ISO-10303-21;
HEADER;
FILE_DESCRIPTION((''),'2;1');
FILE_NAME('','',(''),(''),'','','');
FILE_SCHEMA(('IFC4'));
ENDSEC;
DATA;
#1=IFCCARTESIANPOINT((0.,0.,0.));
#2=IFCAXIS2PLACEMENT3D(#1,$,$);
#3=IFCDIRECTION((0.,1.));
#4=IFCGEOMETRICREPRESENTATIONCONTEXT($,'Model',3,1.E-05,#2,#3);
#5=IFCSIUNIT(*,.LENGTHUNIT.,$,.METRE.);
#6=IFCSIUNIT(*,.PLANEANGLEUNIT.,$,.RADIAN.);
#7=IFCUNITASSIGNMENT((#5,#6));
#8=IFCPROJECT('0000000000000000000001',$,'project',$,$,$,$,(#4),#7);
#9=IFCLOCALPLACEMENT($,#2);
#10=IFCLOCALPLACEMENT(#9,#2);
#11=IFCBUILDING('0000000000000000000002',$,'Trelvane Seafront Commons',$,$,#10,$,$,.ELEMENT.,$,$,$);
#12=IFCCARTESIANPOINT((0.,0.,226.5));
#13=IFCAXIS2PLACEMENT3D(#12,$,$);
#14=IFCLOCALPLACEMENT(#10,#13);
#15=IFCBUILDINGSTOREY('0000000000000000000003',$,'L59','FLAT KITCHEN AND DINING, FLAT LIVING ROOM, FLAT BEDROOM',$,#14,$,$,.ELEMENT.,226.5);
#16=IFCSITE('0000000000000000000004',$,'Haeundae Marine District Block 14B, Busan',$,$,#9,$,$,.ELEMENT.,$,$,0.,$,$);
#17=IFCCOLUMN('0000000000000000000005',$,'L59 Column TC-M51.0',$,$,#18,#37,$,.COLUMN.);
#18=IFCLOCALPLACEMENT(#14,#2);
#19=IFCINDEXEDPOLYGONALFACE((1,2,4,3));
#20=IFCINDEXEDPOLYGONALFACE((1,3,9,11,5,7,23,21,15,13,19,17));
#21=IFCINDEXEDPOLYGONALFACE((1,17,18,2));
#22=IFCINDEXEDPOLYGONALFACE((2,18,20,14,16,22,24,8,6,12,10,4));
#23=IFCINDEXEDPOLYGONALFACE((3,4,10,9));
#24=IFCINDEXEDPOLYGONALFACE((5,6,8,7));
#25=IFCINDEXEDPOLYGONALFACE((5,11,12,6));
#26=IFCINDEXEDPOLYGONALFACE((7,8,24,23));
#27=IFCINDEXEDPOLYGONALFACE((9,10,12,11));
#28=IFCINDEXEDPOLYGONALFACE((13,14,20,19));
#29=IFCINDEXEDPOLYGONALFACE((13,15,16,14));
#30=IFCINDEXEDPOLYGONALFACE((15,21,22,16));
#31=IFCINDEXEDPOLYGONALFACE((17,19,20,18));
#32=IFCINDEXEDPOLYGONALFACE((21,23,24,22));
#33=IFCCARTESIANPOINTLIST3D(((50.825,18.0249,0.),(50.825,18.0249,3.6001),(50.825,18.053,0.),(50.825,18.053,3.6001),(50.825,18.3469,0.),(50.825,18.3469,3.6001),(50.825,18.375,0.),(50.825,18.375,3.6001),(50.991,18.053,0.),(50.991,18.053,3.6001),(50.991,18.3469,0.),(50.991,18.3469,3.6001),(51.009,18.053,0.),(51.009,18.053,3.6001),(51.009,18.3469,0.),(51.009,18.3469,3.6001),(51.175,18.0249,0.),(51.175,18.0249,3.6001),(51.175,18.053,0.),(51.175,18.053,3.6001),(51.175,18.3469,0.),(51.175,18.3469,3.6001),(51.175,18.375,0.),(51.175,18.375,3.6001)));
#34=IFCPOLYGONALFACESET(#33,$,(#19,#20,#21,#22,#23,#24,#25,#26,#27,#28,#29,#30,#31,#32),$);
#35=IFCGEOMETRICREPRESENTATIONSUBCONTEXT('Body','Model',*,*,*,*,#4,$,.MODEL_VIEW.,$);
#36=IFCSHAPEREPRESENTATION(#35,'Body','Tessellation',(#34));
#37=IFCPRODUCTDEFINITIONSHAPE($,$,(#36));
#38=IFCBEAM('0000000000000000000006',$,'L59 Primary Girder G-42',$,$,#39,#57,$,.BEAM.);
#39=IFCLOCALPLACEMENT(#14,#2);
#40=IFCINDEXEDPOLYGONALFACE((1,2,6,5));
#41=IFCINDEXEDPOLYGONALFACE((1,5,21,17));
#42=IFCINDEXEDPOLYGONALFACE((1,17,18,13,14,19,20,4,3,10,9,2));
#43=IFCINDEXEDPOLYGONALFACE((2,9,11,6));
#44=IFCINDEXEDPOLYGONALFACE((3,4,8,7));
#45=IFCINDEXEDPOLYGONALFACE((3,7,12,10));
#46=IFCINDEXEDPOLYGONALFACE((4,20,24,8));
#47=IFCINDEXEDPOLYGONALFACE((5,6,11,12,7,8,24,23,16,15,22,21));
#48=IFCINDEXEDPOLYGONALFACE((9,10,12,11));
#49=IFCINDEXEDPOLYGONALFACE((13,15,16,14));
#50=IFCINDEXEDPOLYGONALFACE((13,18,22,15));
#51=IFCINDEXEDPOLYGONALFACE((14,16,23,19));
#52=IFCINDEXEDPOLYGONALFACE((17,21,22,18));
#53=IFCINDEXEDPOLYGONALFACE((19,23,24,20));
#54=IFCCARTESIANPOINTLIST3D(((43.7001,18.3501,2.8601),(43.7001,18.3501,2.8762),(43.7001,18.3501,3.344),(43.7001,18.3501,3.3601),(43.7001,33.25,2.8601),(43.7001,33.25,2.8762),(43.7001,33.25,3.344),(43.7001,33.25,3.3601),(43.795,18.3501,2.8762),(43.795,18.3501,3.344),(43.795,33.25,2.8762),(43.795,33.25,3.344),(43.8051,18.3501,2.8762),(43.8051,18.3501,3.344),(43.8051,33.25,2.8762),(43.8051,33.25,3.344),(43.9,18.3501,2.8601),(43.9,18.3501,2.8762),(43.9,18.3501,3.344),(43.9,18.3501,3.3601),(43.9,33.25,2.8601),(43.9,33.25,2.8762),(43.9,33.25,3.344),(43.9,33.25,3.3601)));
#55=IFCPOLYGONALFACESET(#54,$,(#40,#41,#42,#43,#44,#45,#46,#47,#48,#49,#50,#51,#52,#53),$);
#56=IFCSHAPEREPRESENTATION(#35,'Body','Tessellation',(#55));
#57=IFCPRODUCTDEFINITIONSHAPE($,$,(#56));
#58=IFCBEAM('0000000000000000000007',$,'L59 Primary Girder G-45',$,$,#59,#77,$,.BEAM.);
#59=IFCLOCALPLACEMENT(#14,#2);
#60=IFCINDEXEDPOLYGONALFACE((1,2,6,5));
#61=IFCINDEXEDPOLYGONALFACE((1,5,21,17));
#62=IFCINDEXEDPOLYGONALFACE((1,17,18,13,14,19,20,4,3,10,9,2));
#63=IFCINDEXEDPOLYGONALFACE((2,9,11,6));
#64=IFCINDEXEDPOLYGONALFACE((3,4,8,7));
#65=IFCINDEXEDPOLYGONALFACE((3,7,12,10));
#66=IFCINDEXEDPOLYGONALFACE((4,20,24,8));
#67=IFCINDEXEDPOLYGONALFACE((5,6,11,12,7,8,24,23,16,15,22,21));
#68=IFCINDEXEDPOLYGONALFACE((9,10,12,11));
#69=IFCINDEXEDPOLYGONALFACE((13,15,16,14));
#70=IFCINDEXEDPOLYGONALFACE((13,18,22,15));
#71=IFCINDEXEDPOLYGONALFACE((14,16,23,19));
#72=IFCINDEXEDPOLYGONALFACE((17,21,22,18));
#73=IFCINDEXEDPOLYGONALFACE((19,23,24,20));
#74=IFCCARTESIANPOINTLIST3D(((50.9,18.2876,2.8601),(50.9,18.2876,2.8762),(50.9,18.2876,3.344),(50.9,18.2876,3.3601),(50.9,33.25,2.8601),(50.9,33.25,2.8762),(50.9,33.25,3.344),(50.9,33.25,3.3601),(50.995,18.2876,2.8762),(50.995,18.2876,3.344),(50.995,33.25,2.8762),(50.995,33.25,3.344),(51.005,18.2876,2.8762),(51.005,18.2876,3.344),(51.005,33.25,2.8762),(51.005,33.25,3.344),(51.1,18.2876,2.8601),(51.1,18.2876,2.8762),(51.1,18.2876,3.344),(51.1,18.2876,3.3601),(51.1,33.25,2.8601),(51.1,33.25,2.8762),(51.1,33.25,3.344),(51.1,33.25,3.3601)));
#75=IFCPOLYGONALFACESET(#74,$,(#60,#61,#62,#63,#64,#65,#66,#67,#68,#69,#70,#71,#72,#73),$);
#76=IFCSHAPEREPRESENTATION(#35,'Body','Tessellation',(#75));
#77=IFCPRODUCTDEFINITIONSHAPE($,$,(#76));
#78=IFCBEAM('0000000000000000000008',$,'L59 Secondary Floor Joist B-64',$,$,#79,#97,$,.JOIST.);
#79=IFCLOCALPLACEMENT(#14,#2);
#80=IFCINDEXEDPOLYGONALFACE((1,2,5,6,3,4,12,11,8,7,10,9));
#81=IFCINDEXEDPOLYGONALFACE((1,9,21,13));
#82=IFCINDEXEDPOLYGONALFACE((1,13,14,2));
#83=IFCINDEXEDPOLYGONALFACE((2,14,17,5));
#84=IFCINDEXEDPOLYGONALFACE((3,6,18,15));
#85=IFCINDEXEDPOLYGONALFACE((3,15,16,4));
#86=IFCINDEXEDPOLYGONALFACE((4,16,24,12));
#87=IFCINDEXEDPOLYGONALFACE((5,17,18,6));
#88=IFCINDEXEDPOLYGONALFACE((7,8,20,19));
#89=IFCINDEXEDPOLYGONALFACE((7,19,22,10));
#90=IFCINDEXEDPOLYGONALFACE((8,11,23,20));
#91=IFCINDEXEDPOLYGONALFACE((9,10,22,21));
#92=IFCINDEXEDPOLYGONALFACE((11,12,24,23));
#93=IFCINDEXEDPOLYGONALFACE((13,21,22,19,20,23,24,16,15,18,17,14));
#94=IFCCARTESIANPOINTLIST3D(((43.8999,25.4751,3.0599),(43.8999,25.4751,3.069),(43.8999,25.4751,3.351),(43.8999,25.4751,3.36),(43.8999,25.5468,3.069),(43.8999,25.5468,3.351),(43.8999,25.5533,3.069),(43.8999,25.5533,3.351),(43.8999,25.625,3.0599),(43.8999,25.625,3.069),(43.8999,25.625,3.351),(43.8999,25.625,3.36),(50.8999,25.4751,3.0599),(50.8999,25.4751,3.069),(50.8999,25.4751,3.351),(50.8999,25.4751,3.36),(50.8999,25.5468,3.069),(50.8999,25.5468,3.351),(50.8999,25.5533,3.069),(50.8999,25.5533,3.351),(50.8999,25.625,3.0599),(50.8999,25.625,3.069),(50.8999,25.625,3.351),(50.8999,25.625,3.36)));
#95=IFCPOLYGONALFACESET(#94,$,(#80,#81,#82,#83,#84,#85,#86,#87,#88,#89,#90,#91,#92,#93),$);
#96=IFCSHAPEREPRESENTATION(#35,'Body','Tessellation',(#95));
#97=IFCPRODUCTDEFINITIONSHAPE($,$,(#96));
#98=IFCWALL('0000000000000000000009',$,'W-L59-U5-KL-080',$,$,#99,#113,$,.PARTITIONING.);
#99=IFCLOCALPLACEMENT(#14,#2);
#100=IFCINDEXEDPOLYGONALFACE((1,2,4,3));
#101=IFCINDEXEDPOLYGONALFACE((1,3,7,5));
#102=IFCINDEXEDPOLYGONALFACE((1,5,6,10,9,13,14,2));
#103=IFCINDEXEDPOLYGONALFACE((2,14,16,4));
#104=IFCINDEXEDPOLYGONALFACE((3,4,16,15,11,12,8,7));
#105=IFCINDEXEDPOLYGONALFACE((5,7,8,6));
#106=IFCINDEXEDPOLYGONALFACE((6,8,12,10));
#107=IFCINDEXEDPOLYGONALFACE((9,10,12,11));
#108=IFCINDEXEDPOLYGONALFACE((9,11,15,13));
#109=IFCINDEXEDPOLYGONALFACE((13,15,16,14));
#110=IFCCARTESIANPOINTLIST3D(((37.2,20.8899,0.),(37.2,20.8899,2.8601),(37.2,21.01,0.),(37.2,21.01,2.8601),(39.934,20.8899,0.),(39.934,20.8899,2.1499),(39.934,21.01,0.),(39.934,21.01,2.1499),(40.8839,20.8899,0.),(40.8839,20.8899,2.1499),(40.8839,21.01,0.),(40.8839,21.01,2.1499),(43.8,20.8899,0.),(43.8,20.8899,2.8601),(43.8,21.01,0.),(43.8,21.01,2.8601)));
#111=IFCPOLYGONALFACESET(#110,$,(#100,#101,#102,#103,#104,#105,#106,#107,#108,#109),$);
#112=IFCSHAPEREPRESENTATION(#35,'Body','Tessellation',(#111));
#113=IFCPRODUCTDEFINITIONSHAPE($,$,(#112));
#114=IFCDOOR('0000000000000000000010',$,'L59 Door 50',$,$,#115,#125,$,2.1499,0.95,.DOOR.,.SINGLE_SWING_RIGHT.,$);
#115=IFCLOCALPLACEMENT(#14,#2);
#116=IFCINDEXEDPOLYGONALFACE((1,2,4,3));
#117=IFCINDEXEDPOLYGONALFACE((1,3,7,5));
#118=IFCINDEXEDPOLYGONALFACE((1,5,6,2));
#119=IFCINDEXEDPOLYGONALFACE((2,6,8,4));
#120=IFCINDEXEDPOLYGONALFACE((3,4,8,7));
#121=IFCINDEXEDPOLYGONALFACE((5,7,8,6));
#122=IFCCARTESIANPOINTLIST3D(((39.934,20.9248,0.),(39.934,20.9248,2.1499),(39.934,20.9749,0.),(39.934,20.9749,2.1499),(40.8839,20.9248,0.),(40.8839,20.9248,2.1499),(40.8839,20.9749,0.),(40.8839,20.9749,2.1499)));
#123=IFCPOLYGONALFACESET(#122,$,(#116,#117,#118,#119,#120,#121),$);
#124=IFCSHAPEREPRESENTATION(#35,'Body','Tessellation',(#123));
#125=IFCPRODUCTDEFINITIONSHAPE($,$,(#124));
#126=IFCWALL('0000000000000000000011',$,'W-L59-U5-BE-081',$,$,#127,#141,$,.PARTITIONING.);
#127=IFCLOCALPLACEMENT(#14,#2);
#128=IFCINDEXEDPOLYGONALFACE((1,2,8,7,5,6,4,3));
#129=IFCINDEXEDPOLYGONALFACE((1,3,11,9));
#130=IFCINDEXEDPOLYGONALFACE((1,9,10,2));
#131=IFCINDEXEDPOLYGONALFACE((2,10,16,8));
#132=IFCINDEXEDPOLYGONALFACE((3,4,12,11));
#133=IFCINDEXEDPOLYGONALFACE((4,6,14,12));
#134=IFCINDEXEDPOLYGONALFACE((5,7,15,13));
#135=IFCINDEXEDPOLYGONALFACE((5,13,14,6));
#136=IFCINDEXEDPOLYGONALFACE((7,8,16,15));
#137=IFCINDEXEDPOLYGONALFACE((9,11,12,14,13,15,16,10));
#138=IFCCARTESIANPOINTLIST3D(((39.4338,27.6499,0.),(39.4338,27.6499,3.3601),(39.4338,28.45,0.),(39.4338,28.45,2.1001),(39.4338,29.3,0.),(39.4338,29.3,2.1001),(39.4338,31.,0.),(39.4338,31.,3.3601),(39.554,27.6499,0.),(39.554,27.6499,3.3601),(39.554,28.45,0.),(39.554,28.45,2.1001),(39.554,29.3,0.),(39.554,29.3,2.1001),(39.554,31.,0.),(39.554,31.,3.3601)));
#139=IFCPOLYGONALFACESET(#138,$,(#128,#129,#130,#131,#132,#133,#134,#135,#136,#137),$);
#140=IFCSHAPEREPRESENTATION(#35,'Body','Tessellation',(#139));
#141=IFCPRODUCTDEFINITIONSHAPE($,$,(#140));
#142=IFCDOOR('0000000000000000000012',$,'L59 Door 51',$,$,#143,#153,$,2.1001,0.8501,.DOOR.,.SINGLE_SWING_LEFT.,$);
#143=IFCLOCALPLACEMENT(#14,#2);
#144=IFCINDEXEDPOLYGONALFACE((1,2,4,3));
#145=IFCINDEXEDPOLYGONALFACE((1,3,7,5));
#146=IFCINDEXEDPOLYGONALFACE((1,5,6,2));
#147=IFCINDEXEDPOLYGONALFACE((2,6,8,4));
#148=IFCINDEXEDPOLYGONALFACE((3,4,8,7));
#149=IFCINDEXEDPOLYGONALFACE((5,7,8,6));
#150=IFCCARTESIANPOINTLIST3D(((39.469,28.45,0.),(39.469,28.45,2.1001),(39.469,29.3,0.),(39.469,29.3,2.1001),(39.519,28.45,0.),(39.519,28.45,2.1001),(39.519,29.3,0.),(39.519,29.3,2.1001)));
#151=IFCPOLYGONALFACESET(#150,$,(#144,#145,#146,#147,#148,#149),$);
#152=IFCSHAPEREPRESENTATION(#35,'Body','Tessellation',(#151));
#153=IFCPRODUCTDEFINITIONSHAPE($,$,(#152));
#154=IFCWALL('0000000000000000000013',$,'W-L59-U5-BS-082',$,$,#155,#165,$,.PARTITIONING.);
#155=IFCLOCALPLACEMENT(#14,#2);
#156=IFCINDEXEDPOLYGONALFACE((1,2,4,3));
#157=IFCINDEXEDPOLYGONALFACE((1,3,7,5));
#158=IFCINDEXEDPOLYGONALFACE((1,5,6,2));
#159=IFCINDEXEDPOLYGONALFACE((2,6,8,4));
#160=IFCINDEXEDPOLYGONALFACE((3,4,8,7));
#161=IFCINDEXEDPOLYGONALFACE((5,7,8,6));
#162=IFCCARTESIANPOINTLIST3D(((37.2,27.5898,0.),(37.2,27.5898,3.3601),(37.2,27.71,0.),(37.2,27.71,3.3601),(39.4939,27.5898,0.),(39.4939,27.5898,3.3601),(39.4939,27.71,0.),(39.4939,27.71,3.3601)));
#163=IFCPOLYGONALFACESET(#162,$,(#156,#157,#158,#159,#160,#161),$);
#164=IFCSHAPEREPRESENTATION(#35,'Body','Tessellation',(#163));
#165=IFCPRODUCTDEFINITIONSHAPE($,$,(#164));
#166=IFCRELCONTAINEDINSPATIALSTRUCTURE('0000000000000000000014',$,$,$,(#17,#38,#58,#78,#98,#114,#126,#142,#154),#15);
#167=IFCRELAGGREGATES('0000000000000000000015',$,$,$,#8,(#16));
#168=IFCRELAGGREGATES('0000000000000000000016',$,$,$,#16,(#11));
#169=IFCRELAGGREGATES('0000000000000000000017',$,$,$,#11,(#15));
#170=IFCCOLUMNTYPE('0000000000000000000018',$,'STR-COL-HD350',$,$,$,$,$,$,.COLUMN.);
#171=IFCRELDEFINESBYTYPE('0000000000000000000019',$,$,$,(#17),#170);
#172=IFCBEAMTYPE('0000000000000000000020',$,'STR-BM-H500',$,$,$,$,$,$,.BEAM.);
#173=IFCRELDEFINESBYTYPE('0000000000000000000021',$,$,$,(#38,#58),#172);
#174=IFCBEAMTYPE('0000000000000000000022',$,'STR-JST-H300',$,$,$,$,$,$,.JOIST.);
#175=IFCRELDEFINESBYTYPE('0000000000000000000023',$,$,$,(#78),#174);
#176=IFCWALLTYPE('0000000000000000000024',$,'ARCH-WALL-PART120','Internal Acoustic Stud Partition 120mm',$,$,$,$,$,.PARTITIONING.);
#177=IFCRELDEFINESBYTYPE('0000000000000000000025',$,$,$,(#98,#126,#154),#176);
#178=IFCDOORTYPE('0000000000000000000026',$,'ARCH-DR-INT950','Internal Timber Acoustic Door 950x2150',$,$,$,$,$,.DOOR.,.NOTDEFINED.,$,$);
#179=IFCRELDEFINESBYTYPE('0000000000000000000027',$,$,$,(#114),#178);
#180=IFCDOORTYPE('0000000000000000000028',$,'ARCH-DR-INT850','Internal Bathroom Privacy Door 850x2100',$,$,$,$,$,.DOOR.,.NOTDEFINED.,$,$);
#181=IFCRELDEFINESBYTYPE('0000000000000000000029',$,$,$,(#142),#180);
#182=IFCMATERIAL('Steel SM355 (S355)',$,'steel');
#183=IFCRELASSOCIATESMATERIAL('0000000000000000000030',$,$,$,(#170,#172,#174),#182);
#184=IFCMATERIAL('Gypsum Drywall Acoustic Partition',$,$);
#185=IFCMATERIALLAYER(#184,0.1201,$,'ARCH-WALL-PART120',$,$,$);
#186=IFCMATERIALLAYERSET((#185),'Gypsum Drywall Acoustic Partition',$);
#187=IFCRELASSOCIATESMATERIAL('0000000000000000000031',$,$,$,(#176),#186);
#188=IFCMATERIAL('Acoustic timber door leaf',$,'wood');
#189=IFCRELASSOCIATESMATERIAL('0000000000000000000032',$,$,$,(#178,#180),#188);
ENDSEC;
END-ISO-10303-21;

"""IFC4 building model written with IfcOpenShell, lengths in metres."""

from ifc_helpers import new_model, si_unit, direction, frame, frame_2d, origin, origin_2d, place, context, subcontext, project, spatial, rectangle, i_section, extrude, source, transform, mapped, material, layer, layer_set, material_profile, profile_set, type_object, element, fill, save


model = new_model("IFC4")

# Units and contexts
model_context = context("Model", 3, precision=1e-05, world=origin(), true_north=direction((0.0, 1.0)))
body_context = subcontext(model_context, "Body", "Model", "MODEL_VIEW")
ifc_project = project(units=[si_unit("LENGTHUNIT", "METRE"), si_unit("PLANEANGLEUNIT", "RADIAN")], contexts=[model_context])

# Site, building, storey
site_placement = place(None, origin())
site = spatial("IfcSite", under=ifc_project, at=site_placement, Name="Haeundae Marine District Block 14B, Busan", CompositionType="ELEMENT", RefElevation=0.0)
building_placement = place(site_placement, origin())
building = spatial("IfcBuilding", under=site, at=building_placement, Name="Trelvane Seafront Commons", CompositionType="ELEMENT")
storey_placement = place(building_placement, frame((0.0, 0.0, 226.5)))
storey = spatial("IfcBuildingStorey", under=building, at=storey_placement, Name="L59", Description="FLAT KITCHEN AND DINING, FLAT LIVING ROOM, FLAT BEDROOM", CompositionType="ELEMENT", Elevation=226.5)

# Column
ifc_material_1 = material(Name="Steel SM355 (S355)", Category="steel")
ifc_material_profile_1 = material_profile(ifc_material_1, i_section(OverallWidth=0.3501, OverallDepth=0.3501, WebThickness=0.0181, FlangeThickness=0.0281, at=origin_2d()), Name="HD-350x350x18x28")
ifc_profile_set_1 = profile_set([ifc_material_profile_1], Name="Steel SM355 (S355)")
column_type = type_object("IfcColumnType", Name="STR-COL-HD350", PredefinedType="COLUMN", material=ifc_profile_set_1)
shared_shape_1 = source(origin(), body_context, "Body", "SweptSolid", [
    extrude(i_section(OverallWidth=0.3501, OverallDepth=0.3501, WebThickness=0.0181, FlangeThickness=0.0281, at=origin_2d()), origin(), (0.0, 0.0, 1.0), 3.6001),
])
column_placement = place(storey_placement, frame((51.0, 18.2, 0.0), z_axis=(0.0, 0.0, 1.0), x_axis=(1.0, 0.0, 0.0)))
element("IfcColumn", 1, at=column_placement, inside=storey, type_object=column_type, Name="L59 Column TC-M51.0", PredefinedType="COLUMN", context=body_context, shape_type="MappedRepresentation", body=[
    mapped(shared_shape_1, transform((0.0, 0.0, 0.0), x_axis=(1.0, 0.0, 0.0), y_axis=(0.0, 1.0, 0.0), z_axis=(0.0, 0.0, 1.0), scale=1.0)),
])

# Beams
ifc_material_profile_2 = material_profile(ifc_material_1, i_section(OverallWidth=0.2, OverallDepth=0.5, WebThickness=0.01, FlangeThickness=0.0161, at=origin_2d()), Name="H-500x200x10x16")
ifc_profile_set_2 = profile_set([ifc_material_profile_2], Name="Steel SM355 (S355)")
beam_type_1 = type_object("IfcBeamType", Name="STR-BM-H500", PredefinedType="BEAM", material=ifc_profile_set_2)
shared_shape_2 = source(origin(), body_context, "Body", "SweptSolid", [
    extrude(i_section(OverallWidth=0.2, OverallDepth=0.5, WebThickness=0.01, FlangeThickness=0.0161, at=origin_2d()), origin(), (0.0, 0.0, 1.0), 14.8999),
])
beam_1_placement = place(storey_placement, frame((43.8, 18.3501, 3.1101), z_axis=(0.0, 1.0, 0.0), x_axis=(-1.0, 0.0, 0.0)))
element("IfcBeam", 2, at=beam_1_placement, inside=storey, type_object=beam_type_1, Name="L59 Primary Girder G-42", PredefinedType="BEAM", context=body_context, shape_type="MappedRepresentation", body=[
    mapped(shared_shape_2, transform((0.0, 0.0, 0.0), x_axis=(1.0, 0.0, 0.0), y_axis=(0.0, 1.0, 0.0), z_axis=(0.0, 0.0, 1.0), scale=1.0)),
])
shared_shape_3 = source(origin(), body_context, "Body", "SweptSolid", [
    extrude(i_section(OverallWidth=0.2, OverallDepth=0.5, WebThickness=0.01, FlangeThickness=0.0161, at=origin_2d()), origin(), (0.0, 0.0, 1.0), 14.9624),
])
beam_2_placement = place(storey_placement, frame((51.0, 18.2876, 3.1101), z_axis=(0.0, 1.0, 0.0), x_axis=(-1.0, 0.0, 0.0)))
element("IfcBeam", 3, at=beam_2_placement, inside=storey, type_object=beam_type_1, Name="L59 Primary Girder G-45", PredefinedType="BEAM", context=body_context, shape_type="MappedRepresentation", body=[
    mapped(shared_shape_3, transform((0.0, 0.0, 0.0), x_axis=(1.0, 0.0, 0.0), y_axis=(0.0, 1.0, 0.0), z_axis=(0.0, 0.0, 1.0), scale=1.0)),
])
ifc_material_profile_3 = material_profile(ifc_material_1, i_section(OverallWidth=0.1499, OverallDepth=0.3, WebThickness=0.0066, FlangeThickness=0.009, at=origin_2d()), Name="H-300x150x6.5x9")
ifc_profile_set_3 = profile_set([ifc_material_profile_3], Name="Steel SM355 (S355)")
beam_type_2 = type_object("IfcBeamType", Name="STR-JST-H300", PredefinedType="JOIST", material=ifc_profile_set_3)
shared_shape_4 = source(origin(), body_context, "Body", "SweptSolid", [
    extrude(i_section(OverallWidth=0.1499, OverallDepth=0.3, WebThickness=0.0066, FlangeThickness=0.009, at=origin_2d()), origin(), (0.0, 0.0, 1.0), 7.0),
])
beam_3_placement = place(storey_placement, frame((43.8999, 25.55, 3.21), z_axis=(1.0, 0.0, 0.0), x_axis=(0.0, 1.0, 0.0)))
element("IfcBeam", 4, at=beam_3_placement, inside=storey, type_object=beam_type_2, Name="L59 Secondary Floor Joist B-64", PredefinedType="JOIST", context=body_context, shape_type="MappedRepresentation", body=[
    mapped(shared_shape_4, transform((0.0, 0.0, 0.0), x_axis=(1.0, 0.0, 0.0), y_axis=(0.0, 1.0, 0.0), z_axis=(0.0, 0.0, 1.0), scale=1.0)),
])

# Walls, openings, doors
ifc_material_2 = material(Name="Gypsum Drywall Acoustic Partition")
ifc_layer = layer(ifc_material_2, 0.1201, Name="ARCH-WALL-PART120")
ifc_layer_set = layer_set([ifc_layer], Name="Gypsum Drywall Acoustic Partition")
wall_type = type_object("IfcWallType", Name="ARCH-WALL-PART120", Description="Internal Acoustic Stud Partition 120mm", PredefinedType="PARTITIONING", material=ifc_layer_set)
wall_1_placement = place(storey_placement, frame((37.2, 20.95, 0.0), z_axis=(0.0, 0.0, 1.0), x_axis=(1.0, 0.0, 0.0)))
wall_1 = element("IfcWall", 5, at=wall_1_placement, inside=storey, type_object=wall_type, Name="W-L59-U5-KL-080", PredefinedType="PARTITIONING", context=body_context, shape_type="SweptSolid", body=[
    extrude(rectangle(XDim=6.6001, YDim=0.1201, at=frame_2d((3.3, 0.0))), origin(), (0.0, 0.0, 1.0), 2.8601),
])
opening_1_placement = place(wall_1_placement, frame((2.7339, 0.0, 0.0)))
opening_1 = element("IfcOpeningElement", 6, at=opening_1_placement, cuts=wall_1, PredefinedType="OPENING", context=body_context, shape_type="SweptSolid", body=[
    extrude(rectangle(XDim=0.95, YDim=2.1499, at=frame_2d((0.4751, 1.075))), frame((0.0, 0.0701, 0.0), z_axis=(0.0, -1.0, 0.0), x_axis=(1.0, 0.0, 0.0)), (0.0, 0.0, 1.0), 0.1401),
])
ifc_material_3 = material(Name="Acoustic timber door leaf", Category="wood")
door_type_1 = type_object("IfcDoorType", Name="ARCH-DR-INT950", Description="Internal Timber Acoustic Door 950x2150", OperationType="NOTDEFINED", PredefinedType="DOOR", material=ifc_material_3)
shared_shape_5 = source(origin(), body_context, "Body", "SweptSolid", [
    extrude(rectangle(XDim=0.95, YDim=2.1499, at=frame_2d((0.4751, 1.075))), frame((0.0, 0.0249, 0.0), z_axis=(0.0, -1.0, 0.0), x_axis=(1.0, 0.0, 0.0)), (0.0, 0.0, 1.0), 0.05),
])
door_1_placement = place(opening_1_placement, origin())
door_1 = element("IfcDoor", 7, at=door_1_placement, inside=storey, type_object=door_type_1, Name="L59 Door 50", OperationType="SINGLE_SWING_RIGHT", OverallHeight=2.1499, OverallWidth=0.95, PredefinedType="DOOR", context=body_context, shape_type="MappedRepresentation", body=[
    mapped(shared_shape_5, transform((0.0, 0.0, 0.0), x_axis=(1.0, 0.0, 0.0), y_axis=(0.0, 1.0, 0.0), z_axis=(0.0, 0.0, 1.0), scale=1.0)),
])
fill(opening_1, door_1)
wall_2_placement = place(storey_placement, frame((39.4939, 27.6499, 0.0), z_axis=(0.0, 0.0, 1.0), x_axis=(0.0, 1.0, 0.0)))
wall_2 = element("IfcWall", 8, at=wall_2_placement, inside=storey, type_object=wall_type, Name="W-L59-U5-BE-081", PredefinedType="PARTITIONING", context=body_context, shape_type="SweptSolid", body=[
    extrude(rectangle(XDim=3.3501, YDim=0.1201, at=frame_2d((1.675, 0.0))), origin(), (0.0, 0.0, 1.0), 3.3601),
])
opening_2_placement = place(wall_2_placement, frame((0.8, 0.0, 0.0)))
opening_2 = element("IfcOpeningElement", 9, at=opening_2_placement, cuts=wall_2, PredefinedType="OPENING", context=body_context, shape_type="SweptSolid", body=[
    extrude(rectangle(XDim=0.8501, YDim=2.1001, at=frame_2d((0.425, 1.05))), frame((0.0, 0.0701, 0.0), z_axis=(0.0, -1.0, 0.0), x_axis=(1.0, 0.0, 0.0)), (0.0, 0.0, 1.0), 0.1401),
])
door_type_2 = type_object("IfcDoorType", Name="ARCH-DR-INT850", Description="Internal Bathroom Privacy Door 850x2100", OperationType="NOTDEFINED", PredefinedType="DOOR", material=ifc_material_3)
shared_shape_6 = source(origin(), body_context, "Body", "SweptSolid", [
    extrude(rectangle(XDim=0.8501, YDim=2.1001, at=frame_2d((0.425, 1.05))), frame((0.0, 0.0249, 0.0), z_axis=(0.0, -1.0, 0.0), x_axis=(1.0, 0.0, 0.0)), (0.0, 0.0, 1.0), 0.05),
])
door_2_placement = place(opening_2_placement, origin())
door_2 = element("IfcDoor", 10, at=door_2_placement, inside=storey, type_object=door_type_2, Name="L59 Door 51", OperationType="SINGLE_SWING_LEFT", OverallHeight=2.1001, OverallWidth=0.8501, PredefinedType="DOOR", context=body_context, shape_type="MappedRepresentation", body=[
    mapped(shared_shape_6, transform((0.0, 0.0, 0.0), x_axis=(1.0, 0.0, 0.0), y_axis=(0.0, 1.0, 0.0), z_axis=(0.0, 0.0, 1.0), scale=1.0)),
])
fill(opening_2, door_2)

# Wall
wall_3_placement = place(storey_placement, frame((37.2, 27.6499, 0.0), z_axis=(0.0, 0.0, 1.0), x_axis=(1.0, 0.0, 0.0)))
element("IfcWall", 11, at=wall_3_placement, inside=storey, type_object=wall_type, Name="W-L59-U5-BS-082", PredefinedType="PARTITIONING", context=body_context, shape_type="SweptSolid", body=[
    extrude(rectangle(XDim=2.2939, YDim=0.1201, at=frame_2d((1.147, 0.0))), origin(), (0.0, 0.0, 1.0), 3.3601),
])

save(model, "model.ifc")
